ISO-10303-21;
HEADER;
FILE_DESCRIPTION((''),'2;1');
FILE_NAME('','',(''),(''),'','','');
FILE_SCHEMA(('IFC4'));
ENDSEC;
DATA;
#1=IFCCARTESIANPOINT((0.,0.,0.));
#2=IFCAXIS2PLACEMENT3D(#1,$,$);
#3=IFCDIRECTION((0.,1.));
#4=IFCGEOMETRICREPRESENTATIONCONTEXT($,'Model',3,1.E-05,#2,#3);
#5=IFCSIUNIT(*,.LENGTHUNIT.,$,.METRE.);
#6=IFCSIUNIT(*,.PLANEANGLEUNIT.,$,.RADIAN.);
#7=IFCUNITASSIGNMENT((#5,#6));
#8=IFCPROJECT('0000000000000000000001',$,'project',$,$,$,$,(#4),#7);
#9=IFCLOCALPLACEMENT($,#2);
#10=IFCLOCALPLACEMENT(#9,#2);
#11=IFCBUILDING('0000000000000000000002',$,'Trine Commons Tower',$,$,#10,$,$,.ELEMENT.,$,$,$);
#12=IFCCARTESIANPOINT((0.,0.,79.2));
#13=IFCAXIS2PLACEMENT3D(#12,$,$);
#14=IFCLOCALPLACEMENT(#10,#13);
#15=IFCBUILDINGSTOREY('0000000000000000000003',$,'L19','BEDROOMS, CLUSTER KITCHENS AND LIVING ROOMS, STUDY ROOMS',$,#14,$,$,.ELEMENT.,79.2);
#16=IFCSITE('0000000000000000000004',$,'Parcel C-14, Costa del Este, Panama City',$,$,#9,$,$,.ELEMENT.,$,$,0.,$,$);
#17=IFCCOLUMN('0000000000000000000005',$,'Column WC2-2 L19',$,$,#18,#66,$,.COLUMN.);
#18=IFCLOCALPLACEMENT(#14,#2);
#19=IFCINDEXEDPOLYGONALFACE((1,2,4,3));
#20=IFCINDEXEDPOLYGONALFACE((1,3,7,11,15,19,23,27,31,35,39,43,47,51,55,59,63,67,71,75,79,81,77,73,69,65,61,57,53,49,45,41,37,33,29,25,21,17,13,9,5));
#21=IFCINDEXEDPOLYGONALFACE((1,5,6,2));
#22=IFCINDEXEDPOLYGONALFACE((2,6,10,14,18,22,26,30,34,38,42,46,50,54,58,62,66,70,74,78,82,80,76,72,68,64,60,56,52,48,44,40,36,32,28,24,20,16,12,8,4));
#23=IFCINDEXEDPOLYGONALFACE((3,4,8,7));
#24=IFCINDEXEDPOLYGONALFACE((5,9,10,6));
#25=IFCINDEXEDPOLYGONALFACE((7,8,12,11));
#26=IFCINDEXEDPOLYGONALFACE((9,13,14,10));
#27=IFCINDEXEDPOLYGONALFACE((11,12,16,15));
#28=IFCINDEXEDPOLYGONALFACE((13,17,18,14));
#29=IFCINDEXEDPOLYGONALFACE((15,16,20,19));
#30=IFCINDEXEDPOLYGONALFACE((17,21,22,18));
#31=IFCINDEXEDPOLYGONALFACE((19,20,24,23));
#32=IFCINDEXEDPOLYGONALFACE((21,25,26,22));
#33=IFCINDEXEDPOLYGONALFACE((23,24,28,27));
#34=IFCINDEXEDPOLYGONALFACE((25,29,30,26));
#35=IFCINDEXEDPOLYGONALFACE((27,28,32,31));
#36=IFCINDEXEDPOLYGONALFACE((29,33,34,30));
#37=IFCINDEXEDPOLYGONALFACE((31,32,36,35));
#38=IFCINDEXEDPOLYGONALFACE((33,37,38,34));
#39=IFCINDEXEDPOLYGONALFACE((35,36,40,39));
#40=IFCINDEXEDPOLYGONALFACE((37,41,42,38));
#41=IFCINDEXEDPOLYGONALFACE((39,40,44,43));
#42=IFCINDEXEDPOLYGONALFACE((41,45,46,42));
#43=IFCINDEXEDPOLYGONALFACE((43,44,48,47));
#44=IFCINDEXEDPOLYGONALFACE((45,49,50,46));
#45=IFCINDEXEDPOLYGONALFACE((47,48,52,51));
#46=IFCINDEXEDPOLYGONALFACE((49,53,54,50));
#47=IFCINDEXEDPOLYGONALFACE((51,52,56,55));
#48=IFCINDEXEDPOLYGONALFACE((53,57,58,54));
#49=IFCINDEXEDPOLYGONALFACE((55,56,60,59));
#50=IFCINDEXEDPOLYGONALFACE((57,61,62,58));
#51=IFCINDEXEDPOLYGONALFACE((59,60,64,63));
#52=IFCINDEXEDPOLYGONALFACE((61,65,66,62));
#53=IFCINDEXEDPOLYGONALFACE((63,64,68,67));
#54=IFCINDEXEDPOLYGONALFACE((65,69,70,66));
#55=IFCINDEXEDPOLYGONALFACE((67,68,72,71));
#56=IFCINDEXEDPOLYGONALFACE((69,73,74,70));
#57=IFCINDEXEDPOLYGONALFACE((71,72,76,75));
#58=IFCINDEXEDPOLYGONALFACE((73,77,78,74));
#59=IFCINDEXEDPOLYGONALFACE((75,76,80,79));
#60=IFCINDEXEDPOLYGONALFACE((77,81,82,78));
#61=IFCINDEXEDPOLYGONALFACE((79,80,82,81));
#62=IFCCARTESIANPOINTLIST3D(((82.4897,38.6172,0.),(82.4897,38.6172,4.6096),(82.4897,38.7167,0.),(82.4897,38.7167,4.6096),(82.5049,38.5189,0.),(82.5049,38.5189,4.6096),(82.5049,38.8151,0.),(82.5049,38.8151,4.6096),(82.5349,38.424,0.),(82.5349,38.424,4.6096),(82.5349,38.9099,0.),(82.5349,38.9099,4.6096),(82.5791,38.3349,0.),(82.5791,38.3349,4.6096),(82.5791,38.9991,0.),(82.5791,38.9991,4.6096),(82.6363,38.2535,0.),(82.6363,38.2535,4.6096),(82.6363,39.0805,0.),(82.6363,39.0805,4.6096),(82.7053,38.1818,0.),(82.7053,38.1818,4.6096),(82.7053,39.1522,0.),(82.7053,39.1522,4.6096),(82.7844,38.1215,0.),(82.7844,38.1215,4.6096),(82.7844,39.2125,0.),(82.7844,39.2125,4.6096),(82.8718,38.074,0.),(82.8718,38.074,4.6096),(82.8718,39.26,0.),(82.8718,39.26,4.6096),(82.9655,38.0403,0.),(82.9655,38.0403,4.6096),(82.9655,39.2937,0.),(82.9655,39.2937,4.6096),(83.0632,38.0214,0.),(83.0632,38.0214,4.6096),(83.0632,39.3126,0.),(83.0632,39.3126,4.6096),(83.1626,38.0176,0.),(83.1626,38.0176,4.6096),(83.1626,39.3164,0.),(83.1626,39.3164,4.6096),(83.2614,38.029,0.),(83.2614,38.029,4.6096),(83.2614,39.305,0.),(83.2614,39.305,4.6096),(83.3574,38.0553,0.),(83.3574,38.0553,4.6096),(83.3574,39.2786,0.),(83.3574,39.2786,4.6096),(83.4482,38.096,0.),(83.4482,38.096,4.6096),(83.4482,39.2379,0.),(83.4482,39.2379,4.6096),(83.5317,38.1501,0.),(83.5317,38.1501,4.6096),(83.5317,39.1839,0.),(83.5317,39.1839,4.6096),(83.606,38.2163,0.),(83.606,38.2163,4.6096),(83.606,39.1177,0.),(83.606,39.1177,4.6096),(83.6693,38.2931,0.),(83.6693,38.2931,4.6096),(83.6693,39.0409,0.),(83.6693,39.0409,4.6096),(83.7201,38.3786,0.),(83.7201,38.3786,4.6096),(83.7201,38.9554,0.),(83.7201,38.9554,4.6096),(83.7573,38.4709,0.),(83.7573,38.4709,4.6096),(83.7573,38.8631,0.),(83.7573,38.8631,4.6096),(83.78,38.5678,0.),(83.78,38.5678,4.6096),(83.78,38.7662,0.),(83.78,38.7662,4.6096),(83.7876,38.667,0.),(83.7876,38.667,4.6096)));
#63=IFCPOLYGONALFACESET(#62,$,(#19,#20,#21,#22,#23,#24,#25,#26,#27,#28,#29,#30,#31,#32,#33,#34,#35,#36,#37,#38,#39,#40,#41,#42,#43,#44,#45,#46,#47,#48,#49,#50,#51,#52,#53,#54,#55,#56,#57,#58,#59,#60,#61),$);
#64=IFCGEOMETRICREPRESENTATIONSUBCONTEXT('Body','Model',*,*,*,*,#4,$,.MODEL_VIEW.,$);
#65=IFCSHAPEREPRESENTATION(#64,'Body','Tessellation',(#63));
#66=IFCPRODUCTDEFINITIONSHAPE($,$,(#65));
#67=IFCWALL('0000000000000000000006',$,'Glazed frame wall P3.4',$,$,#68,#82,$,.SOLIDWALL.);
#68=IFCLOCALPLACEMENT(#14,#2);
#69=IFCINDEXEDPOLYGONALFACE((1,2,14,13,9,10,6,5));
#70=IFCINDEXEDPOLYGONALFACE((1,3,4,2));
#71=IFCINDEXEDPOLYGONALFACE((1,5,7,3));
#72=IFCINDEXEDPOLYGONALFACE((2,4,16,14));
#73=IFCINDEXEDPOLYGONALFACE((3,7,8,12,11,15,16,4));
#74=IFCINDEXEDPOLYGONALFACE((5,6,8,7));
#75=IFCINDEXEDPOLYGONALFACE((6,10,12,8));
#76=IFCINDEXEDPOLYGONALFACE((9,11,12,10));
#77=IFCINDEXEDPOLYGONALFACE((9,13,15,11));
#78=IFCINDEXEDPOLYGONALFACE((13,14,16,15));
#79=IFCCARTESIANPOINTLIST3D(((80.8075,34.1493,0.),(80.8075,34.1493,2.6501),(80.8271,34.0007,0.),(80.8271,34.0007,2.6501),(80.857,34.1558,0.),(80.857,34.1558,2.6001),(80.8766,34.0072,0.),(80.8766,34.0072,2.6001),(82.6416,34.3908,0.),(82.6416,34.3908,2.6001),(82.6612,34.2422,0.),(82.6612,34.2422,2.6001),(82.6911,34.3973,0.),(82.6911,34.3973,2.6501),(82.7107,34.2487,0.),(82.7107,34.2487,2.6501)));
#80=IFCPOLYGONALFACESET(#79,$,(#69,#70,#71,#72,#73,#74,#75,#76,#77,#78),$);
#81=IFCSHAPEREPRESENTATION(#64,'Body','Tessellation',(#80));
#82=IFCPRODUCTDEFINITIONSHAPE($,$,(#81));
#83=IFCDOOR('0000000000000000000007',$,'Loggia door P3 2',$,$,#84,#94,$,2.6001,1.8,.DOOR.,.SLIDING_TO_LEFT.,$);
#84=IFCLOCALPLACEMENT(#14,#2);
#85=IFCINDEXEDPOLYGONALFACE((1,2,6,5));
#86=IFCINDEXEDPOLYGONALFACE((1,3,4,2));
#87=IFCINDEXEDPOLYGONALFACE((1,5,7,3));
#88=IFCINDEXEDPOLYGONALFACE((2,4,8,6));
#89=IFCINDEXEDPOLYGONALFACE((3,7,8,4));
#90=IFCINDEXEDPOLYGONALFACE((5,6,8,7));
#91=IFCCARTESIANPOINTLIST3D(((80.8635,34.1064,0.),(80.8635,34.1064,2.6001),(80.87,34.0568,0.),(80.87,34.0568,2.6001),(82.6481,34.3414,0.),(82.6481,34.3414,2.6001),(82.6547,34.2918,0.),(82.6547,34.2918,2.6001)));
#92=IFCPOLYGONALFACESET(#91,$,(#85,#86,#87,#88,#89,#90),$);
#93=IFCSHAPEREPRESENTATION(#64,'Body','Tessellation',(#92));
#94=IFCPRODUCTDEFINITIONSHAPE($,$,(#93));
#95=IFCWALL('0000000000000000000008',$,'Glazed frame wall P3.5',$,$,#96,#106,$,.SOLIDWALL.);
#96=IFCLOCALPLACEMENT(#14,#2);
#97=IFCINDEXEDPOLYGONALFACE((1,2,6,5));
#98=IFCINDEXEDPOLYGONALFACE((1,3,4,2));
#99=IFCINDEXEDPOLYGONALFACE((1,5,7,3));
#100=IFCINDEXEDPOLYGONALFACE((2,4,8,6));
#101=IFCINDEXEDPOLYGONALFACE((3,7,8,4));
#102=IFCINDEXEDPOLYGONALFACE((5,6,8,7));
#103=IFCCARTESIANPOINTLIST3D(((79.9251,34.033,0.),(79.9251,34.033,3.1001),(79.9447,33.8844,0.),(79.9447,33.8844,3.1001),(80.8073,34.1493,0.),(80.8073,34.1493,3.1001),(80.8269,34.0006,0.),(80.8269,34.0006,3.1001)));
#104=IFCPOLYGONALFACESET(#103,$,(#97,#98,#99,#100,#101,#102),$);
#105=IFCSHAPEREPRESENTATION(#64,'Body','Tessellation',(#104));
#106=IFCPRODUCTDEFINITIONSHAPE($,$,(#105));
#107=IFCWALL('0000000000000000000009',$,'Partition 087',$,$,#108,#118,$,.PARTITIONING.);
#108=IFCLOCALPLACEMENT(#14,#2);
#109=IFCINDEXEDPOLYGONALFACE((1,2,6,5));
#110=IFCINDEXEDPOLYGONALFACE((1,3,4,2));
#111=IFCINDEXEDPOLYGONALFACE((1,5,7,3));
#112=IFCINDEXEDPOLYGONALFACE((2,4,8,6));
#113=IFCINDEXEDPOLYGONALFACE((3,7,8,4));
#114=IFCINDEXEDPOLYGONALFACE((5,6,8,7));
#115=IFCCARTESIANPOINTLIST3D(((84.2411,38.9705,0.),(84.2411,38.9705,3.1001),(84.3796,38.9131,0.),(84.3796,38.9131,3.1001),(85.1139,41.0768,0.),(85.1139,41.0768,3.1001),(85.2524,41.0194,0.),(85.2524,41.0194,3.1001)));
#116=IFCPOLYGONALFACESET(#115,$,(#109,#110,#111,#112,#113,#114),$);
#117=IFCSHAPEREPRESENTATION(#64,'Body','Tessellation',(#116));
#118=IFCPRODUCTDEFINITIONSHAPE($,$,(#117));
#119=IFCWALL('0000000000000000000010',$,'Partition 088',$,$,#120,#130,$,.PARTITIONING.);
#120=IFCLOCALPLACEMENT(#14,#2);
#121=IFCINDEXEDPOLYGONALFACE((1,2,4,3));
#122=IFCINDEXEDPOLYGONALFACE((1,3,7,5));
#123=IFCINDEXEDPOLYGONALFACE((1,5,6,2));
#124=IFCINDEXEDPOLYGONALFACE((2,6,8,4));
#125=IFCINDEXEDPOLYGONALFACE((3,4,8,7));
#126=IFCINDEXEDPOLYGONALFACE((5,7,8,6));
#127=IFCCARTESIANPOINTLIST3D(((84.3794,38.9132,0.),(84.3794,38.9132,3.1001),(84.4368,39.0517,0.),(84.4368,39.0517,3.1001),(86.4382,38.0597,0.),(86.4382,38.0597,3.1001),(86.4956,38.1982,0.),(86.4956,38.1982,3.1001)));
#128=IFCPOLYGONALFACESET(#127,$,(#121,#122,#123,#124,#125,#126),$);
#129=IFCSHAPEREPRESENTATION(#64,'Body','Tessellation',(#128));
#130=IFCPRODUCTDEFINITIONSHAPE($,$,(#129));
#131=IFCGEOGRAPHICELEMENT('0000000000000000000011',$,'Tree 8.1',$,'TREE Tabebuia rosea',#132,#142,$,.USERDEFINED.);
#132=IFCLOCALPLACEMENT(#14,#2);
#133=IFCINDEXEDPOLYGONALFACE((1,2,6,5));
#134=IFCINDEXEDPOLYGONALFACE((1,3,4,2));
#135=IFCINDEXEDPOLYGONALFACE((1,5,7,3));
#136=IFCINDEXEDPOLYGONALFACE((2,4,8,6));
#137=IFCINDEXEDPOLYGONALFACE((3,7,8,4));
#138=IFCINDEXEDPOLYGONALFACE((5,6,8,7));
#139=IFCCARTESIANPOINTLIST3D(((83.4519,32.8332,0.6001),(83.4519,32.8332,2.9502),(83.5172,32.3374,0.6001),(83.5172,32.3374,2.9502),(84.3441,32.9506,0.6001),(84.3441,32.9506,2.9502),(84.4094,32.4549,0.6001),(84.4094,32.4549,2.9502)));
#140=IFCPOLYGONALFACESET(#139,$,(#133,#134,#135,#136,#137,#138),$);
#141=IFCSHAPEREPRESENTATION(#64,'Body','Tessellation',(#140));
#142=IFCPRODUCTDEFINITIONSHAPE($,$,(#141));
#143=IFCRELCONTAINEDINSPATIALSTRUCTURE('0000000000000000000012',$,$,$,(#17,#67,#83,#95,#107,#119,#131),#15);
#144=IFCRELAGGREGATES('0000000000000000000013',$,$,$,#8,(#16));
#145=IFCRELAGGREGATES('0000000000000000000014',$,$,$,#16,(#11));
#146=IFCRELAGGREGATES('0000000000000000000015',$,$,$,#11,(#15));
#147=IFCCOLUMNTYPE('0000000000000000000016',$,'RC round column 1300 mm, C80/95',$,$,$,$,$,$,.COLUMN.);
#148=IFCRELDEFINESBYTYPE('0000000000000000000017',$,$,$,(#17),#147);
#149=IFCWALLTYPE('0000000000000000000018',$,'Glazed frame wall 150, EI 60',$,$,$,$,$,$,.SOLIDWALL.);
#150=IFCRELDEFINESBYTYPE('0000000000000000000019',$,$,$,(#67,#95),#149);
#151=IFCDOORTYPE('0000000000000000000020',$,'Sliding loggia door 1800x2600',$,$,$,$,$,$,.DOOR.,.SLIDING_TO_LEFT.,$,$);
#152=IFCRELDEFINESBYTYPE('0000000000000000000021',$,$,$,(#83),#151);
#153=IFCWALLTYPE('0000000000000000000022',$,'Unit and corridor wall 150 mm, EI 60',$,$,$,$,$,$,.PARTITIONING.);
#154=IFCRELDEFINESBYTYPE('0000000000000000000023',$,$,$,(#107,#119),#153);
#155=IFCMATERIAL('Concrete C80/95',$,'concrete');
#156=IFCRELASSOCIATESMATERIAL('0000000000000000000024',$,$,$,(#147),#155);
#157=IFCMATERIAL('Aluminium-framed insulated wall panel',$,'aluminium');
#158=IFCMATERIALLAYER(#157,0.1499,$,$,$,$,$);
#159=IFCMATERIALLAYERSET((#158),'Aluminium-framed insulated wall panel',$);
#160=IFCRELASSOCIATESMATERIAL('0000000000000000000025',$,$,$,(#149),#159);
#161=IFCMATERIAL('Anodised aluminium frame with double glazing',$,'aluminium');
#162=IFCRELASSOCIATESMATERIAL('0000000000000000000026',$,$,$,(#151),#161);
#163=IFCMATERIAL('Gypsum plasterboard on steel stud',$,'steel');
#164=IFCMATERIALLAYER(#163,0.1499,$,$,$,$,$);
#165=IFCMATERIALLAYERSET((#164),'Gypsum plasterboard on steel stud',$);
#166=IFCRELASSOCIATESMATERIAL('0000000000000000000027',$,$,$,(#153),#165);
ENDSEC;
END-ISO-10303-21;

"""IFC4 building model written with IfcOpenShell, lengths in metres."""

from ifc_helpers import new_model, si_unit, direction, frame, frame_2d, origin, origin_2d, place, context, subcontext, project, spatial, polyline, rectangle, circle, outline, extrude, material, layer, layer_set, material_profile, profile_set, type_object, element, fill, save


model = new_model("IFC4")

# Units and contexts
model_context = context("Model", 3, precision=1e-05, world=origin(), true_north=direction((0.0, 1.0)))
body_context = subcontext(model_context, "Body", "Model", "MODEL_VIEW")
ifc_project = project(units=[si_unit("LENGTHUNIT", "METRE"), si_unit("PLANEANGLEUNIT", "RADIAN")], contexts=[model_context])

# Site, building, storey
site_placement = place(None, origin())
site = spatial("IfcSite", under=ifc_project, at=site_placement, Name="Parcel C-14, Costa del Este, Panama City", CompositionType="ELEMENT", RefElevation=0.0)
building_placement = place(site_placement, origin())
building = spatial("IfcBuilding", under=site, at=building_placement, Name="Trine Commons Tower", CompositionType="ELEMENT")
storey_placement = place(building_placement, frame((0.0, 0.0, 79.2)))
storey = spatial("IfcBuildingStorey", under=building, at=storey_placement, Name="L19", Description="BEDROOMS, CLUSTER KITCHENS AND LIVING ROOMS, STUDY ROOMS", CompositionType="ELEMENT", Elevation=79.2)

# Column
ifc_material_1 = material(Name="Concrete C80/95", Category="concrete")
ifc_material_profile = material_profile(ifc_material_1, circle(Radius=0.6499, at=origin_2d()), Name="RC round 1300")
ifc_profile_set = profile_set([ifc_material_profile], Name="Concrete C80/95")
column_type = type_object("IfcColumnType", Name="RC round column 1300 mm, C80/95", PredefinedType="COLUMN", material=ifc_profile_set)
column_placement = place(storey_placement, frame((83.1377, 38.667, 0.0), z_axis=(0.0, 0.0, 1.0), x_axis=(1.0, 0.0, 0.0)))
element("IfcColumn", 1, at=column_placement, inside=storey, type_object=column_type, Name="Column WC2-2 L19", PredefinedType="COLUMN", context=body_context, shape_type="SweptSolid", body=[
    extrude(circle(Radius=0.6499, at=origin_2d()), origin(), (0.0, 0.0, 1.0), 4.6096),
])

# Wall, opening, door
ifc_material_2 = material(Name="Aluminium-framed insulated wall panel", Category="aluminium")
ifc_layer_1 = layer(ifc_material_2, 0.1499)
ifc_layer_set_1 = layer_set([ifc_layer_1], Name="Aluminium-framed insulated wall panel")
wall_type_1 = type_object("IfcWallType", Name="Glazed frame wall 150, EI 60", PredefinedType="SOLIDWALL", material=ifc_layer_set_1)
wall_1_placement = place(storey_placement, frame((82.7009, 34.323, 0.0), z_axis=(0.0, 0.0, 1.0), x_axis=(-0.991442, -0.130548, 0.0)))
wall_1 = element("IfcWall", 2, at=wall_1_placement, inside=storey, type_object=wall_type_1, Name="Glazed frame wall P3.4", PredefinedType="SOLIDWALL", context=body_context, shape_type="SweptSolid", body=[
    extrude(outline(polyline([(0.0, -0.075), (1.8999, -0.075), (1.8999, 0.075), (0.0, 0.075), (0.0, -0.075)])), origin(), (0.0, 0.0, 1.0), 2.6501),
])
opening_placement = place(wall_1_placement, frame((0.05, 0.0, 0.0)))
opening = element("IfcOpeningElement", 3, at=opening_placement, cuts=wall_1, PredefinedType="OPENING", context=body_context, shape_type="SweptSolid", body=[
    extrude(rectangle(XDim=1.8, YDim=2.6001, at=frame_2d((0.8999, 1.3))), frame((0.0, 0.085, 0.0), z_axis=(0.0, -1.0, 0.0), x_axis=(1.0, 0.0, 0.0)), (0.0, 0.0, 1.0), 0.1699),
])
ifc_material_3 = material(Name="Anodised aluminium frame with double glazing", Category="aluminium")
door_type = type_object("IfcDoorType", Name="Sliding loggia door 1800x2600", OperationType="SLIDING_TO_LEFT", PredefinedType="DOOR", material=ifc_material_3)
door_placement = place(opening_placement, origin())
door = element("IfcDoor", 4, at=door_placement, inside=storey, type_object=door_type, Name="Loggia door P3 2", OperationType="SLIDING_TO_LEFT", OverallHeight=2.6001, OverallWidth=1.8, PredefinedType="DOOR", context=body_context, shape_type="SweptSolid", body=[
    extrude(rectangle(XDim=1.8, YDim=2.6001, at=frame_2d((0.8999, 1.3))), frame((0.0, 0.0249, 0.0), z_axis=(0.0, -1.0, 0.0), x_axis=(1.0, 0.0, 0.0)), (0.0, 0.0, 1.0), 0.05),
])
fill(opening, door)

# Walls
wall_2_placement = place(storey_placement, frame((80.8171, 34.075, 0.0), z_axis=(0.0, 0.0, 1.0), x_axis=(-0.991434, -0.130612, 0.0)))
element("IfcWall", 5, at=wall_2_placement, inside=storey, type_object=wall_type_1, Name="Glazed frame wall P3.5", PredefinedType="SOLIDWALL", context=body_context, shape_type="SweptSolid", body=[
    extrude(outline(polyline([(0.8899, 0.075), (0.0, 0.075), (0.0, -0.075), (0.8899, -0.075), (0.8899, 0.075)])), origin(), (0.0, 0.0, 1.0), 3.1001),
])
ifc_material_4 = material(Name="Gypsum plasterboard on steel stud", Category="steel")
ifc_layer_2 = layer(ifc_material_4, 0.1499)
ifc_layer_set_2 = layer_set([ifc_layer_2], Name="Gypsum plasterboard on steel stud")
wall_type_2 = type_object("IfcWallType", Name="Unit and corridor wall 150 mm, EI 60", PredefinedType="PARTITIONING", material=ifc_layer_set_2)
wall_3_placement = place(storey_placement, frame((84.3103, 38.9417, 0.0), z_axis=(0.0, 0.0, 1.0), x_axis=(0.38279, 0.923835, 0.0)))
element("IfcWall", 6, at=wall_3_placement, inside=storey, type_object=wall_type_2, Name="Partition 087", PredefinedType="PARTITIONING", context=body_context, shape_type="SweptSolid", body=[
    extrude(rectangle(XDim=2.28, YDim=0.1499, at=frame_2d((1.1401, 0.0))), origin(), (0.0, 0.0, 1.0), 3.1001),
])
wall_4_placement = place(storey_placement, frame((84.4082, 38.9824, 0.0), z_axis=(0.0, 0.0, 1.0), x_axis=(0.923766, -0.382958, 0.0)))
element("IfcWall", 7, at=wall_4_placement, inside=storey, type_object=wall_type_2, Name="Partition 088", PredefinedType="PARTITIONING", context=body_context, shape_type="SweptSolid", body=[
    extrude(rectangle(XDim=2.2288, YDim=0.1499, at=frame_2d((1.1143, 0.0))), origin(), (0.0, 0.0, 1.0), 3.1001),
])

# Geographic element
geographic_element_placement = place(storey_placement, frame((83.9307, 32.644, 0.6001), z_axis=(0.0, 0.0, 1.0), x_axis=(-0.991443, -0.130543, 0.0)))
element("IfcGeographicElement", 8, at=geographic_element_placement, inside=storey, Name="Tree 8.1", ObjectType="TREE Tabebuia rosea", PredefinedType="USERDEFINED", context=body_context, shape_type="SweptSolid", body=[
    extrude(rectangle(XDim=0.8999, YDim=0.5, at=origin_2d()), origin(), (0.0, 0.0, 1.0), 2.3501),
])

save(model, "model.ifc")
